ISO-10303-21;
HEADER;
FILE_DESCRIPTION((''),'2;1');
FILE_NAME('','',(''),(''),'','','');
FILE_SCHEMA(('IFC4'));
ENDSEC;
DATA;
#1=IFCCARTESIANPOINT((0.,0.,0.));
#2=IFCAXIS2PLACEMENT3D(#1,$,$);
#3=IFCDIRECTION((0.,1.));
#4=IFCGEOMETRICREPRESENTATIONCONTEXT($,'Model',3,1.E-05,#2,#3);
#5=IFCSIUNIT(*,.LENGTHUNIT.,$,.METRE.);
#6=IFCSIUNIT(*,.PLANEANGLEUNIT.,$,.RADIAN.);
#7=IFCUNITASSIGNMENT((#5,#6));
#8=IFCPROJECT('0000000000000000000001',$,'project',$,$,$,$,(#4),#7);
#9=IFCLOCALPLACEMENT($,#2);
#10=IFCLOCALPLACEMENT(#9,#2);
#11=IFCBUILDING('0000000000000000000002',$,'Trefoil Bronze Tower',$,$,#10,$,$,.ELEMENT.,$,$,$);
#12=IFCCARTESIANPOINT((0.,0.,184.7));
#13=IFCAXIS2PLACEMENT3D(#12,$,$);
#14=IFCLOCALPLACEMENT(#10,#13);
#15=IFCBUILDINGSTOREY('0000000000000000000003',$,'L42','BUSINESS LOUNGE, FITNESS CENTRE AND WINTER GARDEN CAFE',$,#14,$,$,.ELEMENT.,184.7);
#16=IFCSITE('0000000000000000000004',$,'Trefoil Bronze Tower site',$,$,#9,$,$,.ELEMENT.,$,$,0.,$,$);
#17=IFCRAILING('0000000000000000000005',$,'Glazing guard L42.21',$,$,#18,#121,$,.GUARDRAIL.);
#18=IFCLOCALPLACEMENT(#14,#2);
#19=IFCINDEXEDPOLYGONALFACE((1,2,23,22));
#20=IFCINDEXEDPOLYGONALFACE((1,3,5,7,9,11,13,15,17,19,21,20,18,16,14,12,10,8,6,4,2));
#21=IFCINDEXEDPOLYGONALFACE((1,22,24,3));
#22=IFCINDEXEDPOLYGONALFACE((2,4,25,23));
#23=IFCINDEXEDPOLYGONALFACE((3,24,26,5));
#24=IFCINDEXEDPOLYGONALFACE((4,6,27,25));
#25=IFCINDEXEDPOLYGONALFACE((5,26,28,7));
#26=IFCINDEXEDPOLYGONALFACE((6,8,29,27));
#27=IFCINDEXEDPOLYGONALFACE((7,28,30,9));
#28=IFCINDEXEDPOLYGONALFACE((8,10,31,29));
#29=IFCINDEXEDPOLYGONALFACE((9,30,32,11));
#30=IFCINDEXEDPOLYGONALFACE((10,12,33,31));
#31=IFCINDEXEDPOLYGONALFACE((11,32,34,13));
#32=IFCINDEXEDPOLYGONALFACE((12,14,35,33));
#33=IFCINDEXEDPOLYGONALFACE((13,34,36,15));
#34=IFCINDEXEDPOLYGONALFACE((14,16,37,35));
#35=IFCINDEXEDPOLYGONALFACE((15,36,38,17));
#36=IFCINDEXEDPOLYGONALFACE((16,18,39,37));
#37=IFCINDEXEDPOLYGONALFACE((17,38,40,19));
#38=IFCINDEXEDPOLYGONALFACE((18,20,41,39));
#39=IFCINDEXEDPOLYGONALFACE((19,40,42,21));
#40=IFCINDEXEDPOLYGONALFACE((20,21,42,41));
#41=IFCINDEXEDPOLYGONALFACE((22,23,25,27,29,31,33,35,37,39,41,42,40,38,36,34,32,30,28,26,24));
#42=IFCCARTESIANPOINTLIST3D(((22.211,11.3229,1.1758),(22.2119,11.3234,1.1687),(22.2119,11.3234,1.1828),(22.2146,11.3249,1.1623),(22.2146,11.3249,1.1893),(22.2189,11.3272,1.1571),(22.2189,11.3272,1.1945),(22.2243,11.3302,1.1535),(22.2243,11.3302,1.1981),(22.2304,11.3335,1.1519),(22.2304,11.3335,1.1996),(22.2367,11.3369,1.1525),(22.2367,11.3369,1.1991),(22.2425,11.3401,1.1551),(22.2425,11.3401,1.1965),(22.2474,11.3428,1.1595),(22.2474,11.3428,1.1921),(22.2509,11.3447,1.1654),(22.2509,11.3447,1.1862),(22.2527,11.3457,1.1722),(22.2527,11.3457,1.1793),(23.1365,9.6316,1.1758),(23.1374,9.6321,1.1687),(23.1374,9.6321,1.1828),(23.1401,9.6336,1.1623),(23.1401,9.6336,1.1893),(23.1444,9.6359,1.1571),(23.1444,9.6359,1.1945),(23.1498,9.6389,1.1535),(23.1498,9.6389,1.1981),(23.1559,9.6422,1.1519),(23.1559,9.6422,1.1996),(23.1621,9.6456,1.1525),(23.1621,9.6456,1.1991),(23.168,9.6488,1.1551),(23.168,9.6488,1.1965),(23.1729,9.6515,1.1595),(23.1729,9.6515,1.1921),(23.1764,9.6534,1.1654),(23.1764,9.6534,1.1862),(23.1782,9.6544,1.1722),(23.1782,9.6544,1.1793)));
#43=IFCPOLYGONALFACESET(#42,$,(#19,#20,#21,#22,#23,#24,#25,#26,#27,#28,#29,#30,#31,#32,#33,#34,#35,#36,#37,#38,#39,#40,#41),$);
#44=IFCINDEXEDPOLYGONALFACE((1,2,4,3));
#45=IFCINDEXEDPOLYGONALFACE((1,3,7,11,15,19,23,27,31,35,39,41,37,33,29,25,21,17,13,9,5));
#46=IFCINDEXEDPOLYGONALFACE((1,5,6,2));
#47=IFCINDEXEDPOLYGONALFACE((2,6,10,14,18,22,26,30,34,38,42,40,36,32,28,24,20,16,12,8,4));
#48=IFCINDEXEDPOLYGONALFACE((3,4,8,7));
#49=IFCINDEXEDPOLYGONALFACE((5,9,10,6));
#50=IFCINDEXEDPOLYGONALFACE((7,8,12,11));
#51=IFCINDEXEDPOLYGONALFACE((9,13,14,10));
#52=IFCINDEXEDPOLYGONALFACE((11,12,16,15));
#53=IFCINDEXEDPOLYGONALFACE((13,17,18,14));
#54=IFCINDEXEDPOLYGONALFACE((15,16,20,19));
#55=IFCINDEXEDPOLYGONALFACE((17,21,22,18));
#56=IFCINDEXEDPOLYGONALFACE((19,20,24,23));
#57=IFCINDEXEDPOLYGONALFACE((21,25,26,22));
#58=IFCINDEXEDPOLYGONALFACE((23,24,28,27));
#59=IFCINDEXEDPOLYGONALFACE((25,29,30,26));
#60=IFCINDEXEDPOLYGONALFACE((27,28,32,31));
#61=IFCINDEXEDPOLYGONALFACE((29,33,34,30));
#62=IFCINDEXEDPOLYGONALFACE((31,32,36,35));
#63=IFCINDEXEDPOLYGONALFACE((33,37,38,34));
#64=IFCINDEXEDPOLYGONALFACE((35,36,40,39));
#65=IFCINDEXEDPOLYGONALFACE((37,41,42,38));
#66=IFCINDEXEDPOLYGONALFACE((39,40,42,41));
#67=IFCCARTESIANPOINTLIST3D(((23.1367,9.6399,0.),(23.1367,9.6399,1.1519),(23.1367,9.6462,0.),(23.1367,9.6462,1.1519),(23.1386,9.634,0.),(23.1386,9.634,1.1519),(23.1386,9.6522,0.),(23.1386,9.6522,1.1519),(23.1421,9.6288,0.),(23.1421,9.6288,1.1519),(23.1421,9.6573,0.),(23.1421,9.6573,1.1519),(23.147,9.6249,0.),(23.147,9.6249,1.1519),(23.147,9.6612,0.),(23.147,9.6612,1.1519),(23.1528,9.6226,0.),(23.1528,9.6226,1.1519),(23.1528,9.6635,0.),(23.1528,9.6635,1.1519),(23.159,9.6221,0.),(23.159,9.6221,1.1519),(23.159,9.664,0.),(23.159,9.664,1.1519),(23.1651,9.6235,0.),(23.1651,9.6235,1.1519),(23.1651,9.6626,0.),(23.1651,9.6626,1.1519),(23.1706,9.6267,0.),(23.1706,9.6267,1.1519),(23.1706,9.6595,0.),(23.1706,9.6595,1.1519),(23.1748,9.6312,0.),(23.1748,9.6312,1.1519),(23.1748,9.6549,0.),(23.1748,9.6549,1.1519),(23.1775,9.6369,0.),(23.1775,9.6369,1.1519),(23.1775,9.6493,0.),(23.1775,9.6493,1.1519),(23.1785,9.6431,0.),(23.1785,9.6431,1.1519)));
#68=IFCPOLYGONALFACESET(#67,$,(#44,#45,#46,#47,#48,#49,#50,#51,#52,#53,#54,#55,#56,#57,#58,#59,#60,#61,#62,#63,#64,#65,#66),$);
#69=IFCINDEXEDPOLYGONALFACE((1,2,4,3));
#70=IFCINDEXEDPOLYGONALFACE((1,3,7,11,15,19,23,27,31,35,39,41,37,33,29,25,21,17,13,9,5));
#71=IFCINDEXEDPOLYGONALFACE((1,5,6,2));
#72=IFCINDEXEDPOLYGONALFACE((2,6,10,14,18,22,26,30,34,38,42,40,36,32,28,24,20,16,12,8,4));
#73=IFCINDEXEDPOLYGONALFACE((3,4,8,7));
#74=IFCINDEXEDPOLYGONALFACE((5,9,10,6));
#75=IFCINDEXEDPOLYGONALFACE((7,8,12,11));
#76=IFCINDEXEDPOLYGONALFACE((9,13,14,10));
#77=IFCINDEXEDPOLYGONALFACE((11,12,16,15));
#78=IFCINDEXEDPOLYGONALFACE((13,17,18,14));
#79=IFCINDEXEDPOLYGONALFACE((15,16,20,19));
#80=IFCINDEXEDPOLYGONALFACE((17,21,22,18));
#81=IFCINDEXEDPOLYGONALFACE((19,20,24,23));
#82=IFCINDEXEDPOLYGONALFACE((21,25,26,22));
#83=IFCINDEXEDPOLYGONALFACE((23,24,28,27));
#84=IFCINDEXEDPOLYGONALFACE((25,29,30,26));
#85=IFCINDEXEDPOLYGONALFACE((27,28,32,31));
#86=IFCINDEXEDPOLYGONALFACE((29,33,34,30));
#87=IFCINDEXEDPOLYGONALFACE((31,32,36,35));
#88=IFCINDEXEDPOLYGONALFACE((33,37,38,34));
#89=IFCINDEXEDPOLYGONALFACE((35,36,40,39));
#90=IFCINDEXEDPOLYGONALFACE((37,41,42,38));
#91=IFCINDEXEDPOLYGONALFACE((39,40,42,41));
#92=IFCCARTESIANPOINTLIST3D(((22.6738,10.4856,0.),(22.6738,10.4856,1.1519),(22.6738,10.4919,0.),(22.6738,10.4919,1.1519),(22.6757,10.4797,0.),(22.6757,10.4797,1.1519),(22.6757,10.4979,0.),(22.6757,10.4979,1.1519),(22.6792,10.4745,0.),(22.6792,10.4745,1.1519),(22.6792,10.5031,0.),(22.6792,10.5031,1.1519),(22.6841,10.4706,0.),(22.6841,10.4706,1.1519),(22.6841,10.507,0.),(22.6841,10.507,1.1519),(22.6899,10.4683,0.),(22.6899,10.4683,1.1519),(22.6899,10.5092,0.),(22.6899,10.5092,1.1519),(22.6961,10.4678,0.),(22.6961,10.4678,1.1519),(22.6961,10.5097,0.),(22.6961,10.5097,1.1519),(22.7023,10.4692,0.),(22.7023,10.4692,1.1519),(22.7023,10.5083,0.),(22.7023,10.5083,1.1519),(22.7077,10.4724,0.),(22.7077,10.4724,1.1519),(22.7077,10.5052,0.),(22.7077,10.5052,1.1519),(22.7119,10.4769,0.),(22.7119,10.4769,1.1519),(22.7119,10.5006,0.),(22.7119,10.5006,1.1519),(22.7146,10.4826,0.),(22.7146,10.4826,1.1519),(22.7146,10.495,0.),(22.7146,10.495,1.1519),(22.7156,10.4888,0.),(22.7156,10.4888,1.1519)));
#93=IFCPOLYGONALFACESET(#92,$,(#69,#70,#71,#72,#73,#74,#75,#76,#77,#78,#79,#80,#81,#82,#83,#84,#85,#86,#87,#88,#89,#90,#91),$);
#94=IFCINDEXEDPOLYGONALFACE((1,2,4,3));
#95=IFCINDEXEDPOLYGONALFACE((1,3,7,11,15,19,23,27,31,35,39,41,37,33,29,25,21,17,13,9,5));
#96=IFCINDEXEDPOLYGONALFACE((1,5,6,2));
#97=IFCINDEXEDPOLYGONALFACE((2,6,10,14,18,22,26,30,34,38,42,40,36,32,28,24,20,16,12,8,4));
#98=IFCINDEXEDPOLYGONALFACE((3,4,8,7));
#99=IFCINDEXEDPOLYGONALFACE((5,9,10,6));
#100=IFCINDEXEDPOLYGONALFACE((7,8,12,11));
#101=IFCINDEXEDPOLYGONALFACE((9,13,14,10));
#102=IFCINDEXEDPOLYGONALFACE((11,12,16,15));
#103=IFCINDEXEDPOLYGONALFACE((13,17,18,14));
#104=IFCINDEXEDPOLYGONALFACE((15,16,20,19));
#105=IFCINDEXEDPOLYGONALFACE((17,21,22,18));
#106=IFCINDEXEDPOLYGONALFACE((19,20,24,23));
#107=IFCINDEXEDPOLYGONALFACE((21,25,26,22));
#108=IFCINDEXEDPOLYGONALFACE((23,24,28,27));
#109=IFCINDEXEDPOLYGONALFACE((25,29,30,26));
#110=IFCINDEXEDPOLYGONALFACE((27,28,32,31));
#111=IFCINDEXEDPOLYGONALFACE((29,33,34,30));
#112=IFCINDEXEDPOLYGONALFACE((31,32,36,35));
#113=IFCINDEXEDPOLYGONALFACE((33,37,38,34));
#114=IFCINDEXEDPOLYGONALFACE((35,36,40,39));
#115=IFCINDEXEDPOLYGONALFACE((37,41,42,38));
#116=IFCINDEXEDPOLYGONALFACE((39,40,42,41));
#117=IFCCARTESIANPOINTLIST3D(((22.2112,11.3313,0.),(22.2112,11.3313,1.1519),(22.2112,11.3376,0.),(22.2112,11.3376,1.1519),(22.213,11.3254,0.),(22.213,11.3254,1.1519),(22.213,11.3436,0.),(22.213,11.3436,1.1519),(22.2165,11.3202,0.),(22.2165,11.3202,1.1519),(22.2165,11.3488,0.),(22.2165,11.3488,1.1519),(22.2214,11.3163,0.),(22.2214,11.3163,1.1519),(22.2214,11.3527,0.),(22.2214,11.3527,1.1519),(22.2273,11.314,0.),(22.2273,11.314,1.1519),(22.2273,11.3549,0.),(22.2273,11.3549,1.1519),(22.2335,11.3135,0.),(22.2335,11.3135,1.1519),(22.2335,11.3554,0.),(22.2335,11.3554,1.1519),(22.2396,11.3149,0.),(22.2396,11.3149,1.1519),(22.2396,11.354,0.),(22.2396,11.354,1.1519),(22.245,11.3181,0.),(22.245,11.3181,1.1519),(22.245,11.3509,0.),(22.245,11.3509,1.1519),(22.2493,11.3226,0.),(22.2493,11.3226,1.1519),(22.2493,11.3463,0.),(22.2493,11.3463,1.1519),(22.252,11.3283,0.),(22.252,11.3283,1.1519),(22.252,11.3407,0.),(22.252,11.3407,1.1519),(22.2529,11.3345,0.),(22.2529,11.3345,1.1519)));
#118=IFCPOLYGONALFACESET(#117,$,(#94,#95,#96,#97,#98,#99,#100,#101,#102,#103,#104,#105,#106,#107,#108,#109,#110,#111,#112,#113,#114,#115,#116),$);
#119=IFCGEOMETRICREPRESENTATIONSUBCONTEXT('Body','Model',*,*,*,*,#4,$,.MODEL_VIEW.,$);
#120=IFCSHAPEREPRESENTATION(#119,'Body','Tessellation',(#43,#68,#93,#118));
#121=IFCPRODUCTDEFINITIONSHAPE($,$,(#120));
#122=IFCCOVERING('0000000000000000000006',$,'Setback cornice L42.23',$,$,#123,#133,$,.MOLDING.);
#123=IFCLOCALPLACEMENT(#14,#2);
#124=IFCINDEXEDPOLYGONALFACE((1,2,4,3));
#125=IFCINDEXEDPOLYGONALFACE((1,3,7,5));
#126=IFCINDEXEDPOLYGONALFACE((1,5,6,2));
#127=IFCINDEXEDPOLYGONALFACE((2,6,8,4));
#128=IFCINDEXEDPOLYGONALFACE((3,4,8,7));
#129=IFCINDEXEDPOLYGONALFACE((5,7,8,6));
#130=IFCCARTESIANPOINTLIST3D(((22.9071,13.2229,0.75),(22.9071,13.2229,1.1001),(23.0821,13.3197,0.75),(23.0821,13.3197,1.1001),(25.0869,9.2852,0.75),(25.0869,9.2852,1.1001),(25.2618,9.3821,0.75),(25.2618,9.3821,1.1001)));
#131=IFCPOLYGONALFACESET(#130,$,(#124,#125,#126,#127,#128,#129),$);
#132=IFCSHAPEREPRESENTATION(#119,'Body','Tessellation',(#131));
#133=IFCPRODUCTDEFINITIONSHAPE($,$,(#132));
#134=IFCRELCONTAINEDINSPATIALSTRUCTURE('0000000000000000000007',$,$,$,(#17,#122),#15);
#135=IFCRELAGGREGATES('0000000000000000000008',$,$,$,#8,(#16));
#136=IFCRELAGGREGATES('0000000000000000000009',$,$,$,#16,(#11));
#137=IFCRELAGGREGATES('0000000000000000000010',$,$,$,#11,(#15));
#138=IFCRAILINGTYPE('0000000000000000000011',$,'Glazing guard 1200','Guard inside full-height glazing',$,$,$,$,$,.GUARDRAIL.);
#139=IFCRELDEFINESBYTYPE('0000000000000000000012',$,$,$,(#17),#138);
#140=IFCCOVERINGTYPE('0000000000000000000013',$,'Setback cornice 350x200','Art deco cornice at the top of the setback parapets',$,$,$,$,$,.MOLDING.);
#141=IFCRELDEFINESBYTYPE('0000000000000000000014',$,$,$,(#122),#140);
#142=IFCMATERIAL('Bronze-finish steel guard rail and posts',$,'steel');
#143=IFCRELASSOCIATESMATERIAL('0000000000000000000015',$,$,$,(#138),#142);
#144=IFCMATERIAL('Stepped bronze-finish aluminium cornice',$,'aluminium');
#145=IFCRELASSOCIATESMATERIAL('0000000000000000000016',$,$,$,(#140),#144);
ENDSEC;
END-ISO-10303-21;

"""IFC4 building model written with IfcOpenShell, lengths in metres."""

from ifc_helpers import new_model, si_unit, direction, frame, origin, origin_2d, place, context, subcontext, project, spatial, rectangle, circle, extrude, material, type_object, element, save


model = new_model("IFC4")

# Units and contexts
model_context = context("Model", 3, precision=1e-05, world=origin(), true_north=direction((0.0, 1.0)))
body_context = subcontext(model_context, "Body", "Model", "MODEL_VIEW")
ifc_project = project(units=[si_unit("LENGTHUNIT", "METRE"), si_unit("PLANEANGLEUNIT", "RADIAN")], contexts=[model_context])

# Site, building, storey
site_placement = place(None, origin())
site = spatial("IfcSite", under=ifc_project, at=site_placement, Name="Trefoil Bronze Tower site", CompositionType="ELEMENT", RefElevation=0.0)
building_placement = place(site_placement, origin())
building = spatial("IfcBuilding", under=site, at=building_placement, Name="Trefoil Bronze Tower", CompositionType="ELEMENT")
storey_placement = place(building_placement, frame((0.0, 0.0, 184.7)))
storey = spatial("IfcBuildingStorey", under=building, at=storey_placement, Name="L42", Description="BUSINESS LOUNGE, FITNESS CENTRE AND WINTER GARDEN CAFE", CompositionType="ELEMENT", Elevation=184.7)

# Railing
ifc_material_1 = material(Name="Bronze-finish steel guard rail and posts", Category="steel")
railing_type = type_object("IfcRailingType", Name="Glazing guard 1200", Description="Guard inside full-height glazing", PredefinedType="GUARDRAIL", material=ifc_material_1)
railing_placement = place(storey_placement, frame((23.1575, 9.6431, 0.0)))
element("IfcRailing", 1, at=railing_placement, inside=storey, type_object=railing_type, Name="Glazing guard L42.21", PredefinedType="GUARDRAIL", context=body_context, shape_type="SweptSolid", body=[
    extrude(circle(Radius=0.0239, at=origin_2d()), frame((0.0, 0.0, 1.1758), z_axis=(-0.480032, 0.877251, 0.0), x_axis=(-0.877251, -0.480032, 0.0)), (0.0, 0.0, 1.0), 1.928),
    extrude(circle(Radius=0.021, at=origin_2d()), origin(), (0.0, 0.0, 1.0), 1.1519),
    extrude(circle(Radius=0.021, at=origin_2d()), frame((-0.4629, 0.8457, 0.0)), (0.0, 0.0, 1.0), 1.1519),
    extrude(circle(Radius=0.021, at=origin_2d()), frame((-0.9255, 1.6914, 0.0)), (0.0, 0.0, 1.0), 1.1519),
])

# Covering
ifc_material_2 = material(Name="Stepped bronze-finish aluminium cornice", Category="aluminium")
covering_type = type_object("IfcCoveringType", Name="Setback cornice 350x200", Description="Art deco cornice at the top of the setback parapets", PredefinedType="MOLDING", material=ifc_material_2)
covering_placement = place(storey_placement, frame((24.0845, 11.3025, 0.75), z_axis=(0.0, 0.0, 1.0), x_axis=(-0.484312, 0.874895, 0.0)))
element("IfcCovering", 2, at=covering_placement, inside=storey, type_object=covering_type, Name="Setback cornice L42.23", PredefinedType="MOLDING", context=body_context, shape_type="SweptSolid", body=[
    extrude(rectangle(XDim=4.5007, YDim=0.2, at=origin_2d()), origin(), (0.0, 0.0, 1.0), 0.3501),
])

save(model, "model.ifc")
